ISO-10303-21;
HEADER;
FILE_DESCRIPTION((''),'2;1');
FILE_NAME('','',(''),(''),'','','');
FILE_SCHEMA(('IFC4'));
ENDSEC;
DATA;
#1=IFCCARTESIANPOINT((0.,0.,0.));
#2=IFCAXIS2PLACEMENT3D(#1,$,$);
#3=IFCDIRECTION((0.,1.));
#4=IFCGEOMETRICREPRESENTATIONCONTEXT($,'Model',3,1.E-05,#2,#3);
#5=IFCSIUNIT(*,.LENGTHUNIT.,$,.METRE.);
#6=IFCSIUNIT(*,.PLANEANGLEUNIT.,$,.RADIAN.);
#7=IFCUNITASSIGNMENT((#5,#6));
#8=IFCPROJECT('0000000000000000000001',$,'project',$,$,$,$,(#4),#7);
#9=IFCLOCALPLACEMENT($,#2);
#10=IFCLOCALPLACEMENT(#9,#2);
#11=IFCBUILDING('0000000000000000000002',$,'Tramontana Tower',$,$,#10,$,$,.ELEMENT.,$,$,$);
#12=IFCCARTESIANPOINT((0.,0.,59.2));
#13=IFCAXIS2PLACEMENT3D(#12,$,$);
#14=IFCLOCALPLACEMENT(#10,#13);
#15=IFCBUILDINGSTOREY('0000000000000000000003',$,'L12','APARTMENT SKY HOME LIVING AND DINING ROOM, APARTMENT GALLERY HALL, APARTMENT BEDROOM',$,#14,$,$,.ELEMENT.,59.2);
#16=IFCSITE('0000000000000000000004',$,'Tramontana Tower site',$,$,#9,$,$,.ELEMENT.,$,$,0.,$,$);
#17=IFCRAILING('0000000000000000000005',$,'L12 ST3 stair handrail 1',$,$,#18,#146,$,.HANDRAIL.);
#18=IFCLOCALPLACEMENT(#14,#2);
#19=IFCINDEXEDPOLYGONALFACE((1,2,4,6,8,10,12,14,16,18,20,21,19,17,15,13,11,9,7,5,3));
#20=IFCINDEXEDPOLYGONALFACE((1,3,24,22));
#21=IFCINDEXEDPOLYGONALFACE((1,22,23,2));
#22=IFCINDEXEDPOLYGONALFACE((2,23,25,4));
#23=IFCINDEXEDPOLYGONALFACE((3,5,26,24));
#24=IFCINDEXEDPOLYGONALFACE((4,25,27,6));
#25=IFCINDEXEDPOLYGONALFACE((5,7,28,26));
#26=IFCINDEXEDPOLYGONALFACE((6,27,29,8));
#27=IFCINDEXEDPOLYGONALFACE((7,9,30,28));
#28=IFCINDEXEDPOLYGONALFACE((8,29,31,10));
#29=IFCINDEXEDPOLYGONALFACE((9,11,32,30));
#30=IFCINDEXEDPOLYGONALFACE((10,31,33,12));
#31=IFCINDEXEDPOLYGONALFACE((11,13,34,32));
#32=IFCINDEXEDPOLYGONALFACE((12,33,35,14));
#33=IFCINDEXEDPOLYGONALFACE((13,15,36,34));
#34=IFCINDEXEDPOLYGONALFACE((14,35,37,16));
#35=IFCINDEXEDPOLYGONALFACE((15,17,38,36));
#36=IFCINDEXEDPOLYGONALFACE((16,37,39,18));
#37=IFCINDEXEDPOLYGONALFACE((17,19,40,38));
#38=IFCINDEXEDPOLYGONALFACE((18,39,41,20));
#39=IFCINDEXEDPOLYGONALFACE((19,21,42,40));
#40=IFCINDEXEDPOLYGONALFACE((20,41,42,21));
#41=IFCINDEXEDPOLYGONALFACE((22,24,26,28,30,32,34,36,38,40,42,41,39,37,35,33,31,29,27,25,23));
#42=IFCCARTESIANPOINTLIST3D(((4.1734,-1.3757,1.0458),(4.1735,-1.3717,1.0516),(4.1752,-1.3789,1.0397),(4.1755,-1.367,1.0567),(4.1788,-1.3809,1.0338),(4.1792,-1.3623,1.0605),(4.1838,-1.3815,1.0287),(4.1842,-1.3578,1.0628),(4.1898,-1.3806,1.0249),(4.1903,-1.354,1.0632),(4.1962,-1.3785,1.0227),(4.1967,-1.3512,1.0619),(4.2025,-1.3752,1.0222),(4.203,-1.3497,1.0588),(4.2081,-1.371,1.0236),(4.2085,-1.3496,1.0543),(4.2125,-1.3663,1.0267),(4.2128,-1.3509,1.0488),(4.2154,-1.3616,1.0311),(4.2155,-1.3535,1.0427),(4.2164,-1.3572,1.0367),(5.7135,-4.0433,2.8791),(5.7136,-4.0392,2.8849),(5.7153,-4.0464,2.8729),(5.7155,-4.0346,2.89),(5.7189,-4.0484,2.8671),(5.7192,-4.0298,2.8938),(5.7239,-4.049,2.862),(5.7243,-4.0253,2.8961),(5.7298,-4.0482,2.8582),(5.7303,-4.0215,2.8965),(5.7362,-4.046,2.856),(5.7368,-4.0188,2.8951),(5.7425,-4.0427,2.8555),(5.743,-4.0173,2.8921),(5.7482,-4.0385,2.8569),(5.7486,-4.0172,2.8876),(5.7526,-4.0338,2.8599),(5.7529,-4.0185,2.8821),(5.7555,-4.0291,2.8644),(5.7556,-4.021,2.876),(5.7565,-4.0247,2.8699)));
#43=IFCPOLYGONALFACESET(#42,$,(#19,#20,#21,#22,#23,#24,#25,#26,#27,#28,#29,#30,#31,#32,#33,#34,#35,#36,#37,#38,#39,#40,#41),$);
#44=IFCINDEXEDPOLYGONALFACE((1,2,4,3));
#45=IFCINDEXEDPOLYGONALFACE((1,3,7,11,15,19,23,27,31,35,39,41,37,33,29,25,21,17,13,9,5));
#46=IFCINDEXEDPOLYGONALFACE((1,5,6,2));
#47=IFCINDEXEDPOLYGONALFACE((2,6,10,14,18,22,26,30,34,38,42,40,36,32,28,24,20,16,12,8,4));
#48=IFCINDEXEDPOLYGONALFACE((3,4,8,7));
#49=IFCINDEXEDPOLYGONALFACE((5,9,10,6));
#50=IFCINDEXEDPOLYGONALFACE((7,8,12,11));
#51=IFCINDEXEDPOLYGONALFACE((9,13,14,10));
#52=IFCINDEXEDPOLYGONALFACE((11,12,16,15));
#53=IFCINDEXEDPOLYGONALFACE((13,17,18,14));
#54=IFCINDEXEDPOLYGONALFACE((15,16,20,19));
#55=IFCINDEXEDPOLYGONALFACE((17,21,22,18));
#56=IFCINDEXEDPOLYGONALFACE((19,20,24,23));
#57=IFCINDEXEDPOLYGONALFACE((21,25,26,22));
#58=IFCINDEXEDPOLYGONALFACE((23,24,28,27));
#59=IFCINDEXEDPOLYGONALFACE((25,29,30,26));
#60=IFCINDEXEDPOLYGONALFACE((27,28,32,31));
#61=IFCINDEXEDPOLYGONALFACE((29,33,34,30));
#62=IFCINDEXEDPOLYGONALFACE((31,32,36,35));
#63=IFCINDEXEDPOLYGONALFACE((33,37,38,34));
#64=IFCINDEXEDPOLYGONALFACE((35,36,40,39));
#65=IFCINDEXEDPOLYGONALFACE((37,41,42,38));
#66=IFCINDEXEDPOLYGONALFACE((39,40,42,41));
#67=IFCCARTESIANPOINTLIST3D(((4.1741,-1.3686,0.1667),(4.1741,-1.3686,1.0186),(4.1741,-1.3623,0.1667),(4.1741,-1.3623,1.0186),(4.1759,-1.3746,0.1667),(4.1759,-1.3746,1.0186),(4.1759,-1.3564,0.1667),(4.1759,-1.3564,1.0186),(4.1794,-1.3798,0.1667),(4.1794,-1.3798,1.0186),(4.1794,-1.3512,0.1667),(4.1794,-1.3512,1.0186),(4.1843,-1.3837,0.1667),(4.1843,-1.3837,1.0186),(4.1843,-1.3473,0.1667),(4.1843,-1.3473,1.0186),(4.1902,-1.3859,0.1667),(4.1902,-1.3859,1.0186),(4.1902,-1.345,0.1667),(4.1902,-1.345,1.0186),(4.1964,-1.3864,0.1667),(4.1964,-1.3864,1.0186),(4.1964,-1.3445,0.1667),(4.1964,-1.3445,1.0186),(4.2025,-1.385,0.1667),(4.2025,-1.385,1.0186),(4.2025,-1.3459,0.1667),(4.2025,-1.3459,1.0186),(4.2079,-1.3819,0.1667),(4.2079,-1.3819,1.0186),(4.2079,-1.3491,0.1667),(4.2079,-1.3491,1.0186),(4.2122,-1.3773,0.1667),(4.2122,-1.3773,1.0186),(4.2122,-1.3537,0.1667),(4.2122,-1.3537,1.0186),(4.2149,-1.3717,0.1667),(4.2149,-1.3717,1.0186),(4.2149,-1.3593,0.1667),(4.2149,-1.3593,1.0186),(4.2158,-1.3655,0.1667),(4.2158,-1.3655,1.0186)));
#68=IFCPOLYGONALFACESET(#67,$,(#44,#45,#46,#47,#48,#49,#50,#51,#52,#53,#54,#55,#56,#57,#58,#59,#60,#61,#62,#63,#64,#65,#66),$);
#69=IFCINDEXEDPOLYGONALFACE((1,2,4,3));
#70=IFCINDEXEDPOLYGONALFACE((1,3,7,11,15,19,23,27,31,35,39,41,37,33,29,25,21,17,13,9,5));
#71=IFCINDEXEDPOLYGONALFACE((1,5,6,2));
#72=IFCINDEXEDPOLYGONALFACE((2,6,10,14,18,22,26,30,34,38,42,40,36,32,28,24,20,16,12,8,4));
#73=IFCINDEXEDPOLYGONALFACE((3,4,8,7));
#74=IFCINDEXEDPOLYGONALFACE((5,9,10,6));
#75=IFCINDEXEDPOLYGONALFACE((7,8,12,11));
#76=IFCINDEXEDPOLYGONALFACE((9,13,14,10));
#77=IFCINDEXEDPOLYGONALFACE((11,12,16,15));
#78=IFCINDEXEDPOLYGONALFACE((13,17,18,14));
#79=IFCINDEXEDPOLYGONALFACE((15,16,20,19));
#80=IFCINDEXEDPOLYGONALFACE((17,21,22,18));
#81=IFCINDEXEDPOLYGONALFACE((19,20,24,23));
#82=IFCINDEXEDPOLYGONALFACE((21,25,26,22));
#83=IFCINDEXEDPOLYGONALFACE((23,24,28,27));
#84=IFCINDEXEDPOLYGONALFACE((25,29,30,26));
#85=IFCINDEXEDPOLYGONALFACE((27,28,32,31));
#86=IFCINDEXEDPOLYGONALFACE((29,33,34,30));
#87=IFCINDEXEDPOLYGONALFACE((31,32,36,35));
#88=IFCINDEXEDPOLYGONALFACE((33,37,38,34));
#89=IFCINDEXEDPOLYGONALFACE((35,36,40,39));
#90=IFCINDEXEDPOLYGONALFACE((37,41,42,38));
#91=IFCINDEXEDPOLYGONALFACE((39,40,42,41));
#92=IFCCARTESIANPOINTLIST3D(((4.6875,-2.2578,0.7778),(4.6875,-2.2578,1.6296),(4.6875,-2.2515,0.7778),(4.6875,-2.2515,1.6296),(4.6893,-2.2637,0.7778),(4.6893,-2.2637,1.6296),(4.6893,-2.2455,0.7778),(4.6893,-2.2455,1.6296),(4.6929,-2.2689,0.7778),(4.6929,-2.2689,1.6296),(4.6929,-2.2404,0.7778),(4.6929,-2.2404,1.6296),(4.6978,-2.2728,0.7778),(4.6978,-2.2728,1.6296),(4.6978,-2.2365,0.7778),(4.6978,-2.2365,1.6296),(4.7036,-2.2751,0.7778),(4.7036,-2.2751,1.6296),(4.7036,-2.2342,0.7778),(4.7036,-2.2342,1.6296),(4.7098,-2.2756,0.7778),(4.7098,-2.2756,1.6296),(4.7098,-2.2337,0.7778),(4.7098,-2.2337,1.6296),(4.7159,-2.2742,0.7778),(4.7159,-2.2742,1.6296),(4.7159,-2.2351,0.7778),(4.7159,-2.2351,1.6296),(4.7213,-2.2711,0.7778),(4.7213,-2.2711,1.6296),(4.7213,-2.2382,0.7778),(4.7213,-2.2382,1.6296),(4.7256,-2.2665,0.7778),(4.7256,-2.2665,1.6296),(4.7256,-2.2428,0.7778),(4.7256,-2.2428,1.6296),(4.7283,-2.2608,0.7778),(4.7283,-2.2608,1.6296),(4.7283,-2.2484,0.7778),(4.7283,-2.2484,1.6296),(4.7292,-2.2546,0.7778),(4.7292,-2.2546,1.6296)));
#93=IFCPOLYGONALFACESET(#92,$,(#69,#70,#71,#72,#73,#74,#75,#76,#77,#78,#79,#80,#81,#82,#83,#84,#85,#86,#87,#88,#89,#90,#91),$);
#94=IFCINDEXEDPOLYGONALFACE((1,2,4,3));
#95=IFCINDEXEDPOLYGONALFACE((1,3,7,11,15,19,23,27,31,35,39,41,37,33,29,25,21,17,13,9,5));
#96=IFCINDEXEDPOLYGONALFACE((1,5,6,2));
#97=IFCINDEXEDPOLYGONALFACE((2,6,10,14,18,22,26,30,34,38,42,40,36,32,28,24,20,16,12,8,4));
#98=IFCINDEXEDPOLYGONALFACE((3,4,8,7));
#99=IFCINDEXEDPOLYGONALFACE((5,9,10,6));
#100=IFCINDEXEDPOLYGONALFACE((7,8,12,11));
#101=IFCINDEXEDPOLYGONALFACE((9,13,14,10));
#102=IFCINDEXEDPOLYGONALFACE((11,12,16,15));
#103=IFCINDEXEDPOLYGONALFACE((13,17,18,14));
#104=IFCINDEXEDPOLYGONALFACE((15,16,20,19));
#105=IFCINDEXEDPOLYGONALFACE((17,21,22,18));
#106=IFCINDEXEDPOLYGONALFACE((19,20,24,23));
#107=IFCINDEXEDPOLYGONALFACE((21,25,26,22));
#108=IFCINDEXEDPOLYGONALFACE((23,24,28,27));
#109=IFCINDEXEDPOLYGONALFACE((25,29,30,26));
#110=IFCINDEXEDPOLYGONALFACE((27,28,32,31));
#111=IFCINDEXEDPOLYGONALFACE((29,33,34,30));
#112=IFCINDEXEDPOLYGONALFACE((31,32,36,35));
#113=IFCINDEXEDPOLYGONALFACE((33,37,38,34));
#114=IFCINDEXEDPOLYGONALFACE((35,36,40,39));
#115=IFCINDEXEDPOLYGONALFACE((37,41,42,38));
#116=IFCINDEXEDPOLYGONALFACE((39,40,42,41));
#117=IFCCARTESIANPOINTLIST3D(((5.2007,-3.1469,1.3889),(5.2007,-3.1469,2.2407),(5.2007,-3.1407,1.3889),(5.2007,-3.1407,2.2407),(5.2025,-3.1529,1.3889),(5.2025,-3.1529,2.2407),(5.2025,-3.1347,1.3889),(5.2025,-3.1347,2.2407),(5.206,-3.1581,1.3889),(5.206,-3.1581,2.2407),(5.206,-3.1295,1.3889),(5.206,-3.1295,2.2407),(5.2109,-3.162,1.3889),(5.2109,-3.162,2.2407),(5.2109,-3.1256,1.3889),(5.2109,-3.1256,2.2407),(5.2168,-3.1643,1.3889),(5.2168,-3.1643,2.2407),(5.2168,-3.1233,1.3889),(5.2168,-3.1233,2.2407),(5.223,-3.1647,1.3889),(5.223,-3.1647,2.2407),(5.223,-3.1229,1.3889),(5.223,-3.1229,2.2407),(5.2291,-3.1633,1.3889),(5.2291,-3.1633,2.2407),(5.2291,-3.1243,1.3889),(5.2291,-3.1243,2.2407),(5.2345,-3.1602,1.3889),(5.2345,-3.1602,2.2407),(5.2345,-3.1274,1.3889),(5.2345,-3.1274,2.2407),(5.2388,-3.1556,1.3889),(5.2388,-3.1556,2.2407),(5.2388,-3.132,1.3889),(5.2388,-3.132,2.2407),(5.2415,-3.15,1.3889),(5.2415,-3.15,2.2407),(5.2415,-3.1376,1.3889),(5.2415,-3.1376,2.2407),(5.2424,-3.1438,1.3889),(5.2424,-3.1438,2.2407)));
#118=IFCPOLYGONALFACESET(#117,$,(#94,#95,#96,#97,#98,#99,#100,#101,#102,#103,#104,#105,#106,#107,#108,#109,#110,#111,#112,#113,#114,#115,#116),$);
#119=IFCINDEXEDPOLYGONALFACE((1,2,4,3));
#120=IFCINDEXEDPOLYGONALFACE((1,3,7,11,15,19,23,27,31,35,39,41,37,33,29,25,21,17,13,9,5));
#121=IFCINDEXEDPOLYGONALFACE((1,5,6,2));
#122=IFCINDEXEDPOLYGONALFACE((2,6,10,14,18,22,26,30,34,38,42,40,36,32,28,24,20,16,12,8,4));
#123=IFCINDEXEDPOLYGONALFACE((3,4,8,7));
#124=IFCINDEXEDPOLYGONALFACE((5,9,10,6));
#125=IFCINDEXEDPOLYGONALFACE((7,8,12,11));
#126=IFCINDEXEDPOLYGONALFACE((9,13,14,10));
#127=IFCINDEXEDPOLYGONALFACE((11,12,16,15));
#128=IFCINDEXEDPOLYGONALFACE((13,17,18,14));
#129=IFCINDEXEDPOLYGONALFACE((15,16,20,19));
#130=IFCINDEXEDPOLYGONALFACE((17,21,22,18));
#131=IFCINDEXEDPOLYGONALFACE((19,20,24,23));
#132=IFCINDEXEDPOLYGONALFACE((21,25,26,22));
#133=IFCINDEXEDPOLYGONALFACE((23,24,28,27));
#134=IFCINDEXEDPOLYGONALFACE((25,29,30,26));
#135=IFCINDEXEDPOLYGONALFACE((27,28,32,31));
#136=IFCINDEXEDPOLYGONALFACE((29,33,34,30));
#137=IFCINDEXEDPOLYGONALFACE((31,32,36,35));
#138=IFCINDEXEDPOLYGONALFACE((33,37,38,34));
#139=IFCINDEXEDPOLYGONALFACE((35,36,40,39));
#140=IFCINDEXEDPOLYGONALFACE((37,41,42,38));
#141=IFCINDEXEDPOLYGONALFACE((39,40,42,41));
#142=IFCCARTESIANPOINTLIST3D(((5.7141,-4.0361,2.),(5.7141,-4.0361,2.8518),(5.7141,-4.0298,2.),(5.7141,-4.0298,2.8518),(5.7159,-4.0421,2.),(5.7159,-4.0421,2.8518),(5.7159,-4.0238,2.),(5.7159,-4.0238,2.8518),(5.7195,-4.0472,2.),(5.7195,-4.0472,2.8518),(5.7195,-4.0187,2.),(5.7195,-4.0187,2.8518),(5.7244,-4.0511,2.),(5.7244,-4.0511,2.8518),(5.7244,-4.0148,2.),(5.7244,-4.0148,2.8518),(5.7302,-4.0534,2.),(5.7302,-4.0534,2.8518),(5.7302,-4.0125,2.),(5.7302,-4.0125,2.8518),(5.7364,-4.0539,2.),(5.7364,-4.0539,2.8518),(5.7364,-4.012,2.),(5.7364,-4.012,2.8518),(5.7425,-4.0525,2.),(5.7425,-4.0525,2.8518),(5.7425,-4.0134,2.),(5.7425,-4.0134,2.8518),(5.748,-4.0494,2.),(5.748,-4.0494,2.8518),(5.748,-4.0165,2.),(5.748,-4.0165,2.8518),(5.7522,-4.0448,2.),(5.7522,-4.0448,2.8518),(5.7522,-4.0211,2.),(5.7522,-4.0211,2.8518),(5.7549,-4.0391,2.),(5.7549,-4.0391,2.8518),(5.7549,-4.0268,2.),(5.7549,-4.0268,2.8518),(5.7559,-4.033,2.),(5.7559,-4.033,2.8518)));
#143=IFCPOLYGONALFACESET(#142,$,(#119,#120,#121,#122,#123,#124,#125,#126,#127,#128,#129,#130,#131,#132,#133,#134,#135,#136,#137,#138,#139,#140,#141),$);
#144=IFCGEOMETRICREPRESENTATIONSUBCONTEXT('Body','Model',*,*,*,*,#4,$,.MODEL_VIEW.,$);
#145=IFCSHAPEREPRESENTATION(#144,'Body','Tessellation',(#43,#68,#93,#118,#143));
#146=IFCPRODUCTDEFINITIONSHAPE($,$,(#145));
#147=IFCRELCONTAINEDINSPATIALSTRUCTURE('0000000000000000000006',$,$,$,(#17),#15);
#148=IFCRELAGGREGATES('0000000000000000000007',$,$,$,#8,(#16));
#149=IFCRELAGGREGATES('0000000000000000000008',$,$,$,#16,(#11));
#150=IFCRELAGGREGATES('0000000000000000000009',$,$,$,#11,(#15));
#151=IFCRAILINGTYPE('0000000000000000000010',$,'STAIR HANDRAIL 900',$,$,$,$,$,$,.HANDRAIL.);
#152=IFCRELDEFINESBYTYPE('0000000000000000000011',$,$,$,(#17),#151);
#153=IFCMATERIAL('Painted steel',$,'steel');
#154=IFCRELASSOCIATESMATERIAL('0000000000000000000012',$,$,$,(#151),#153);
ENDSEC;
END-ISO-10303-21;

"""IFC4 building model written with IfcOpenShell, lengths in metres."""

from ifc_helpers import new_model, si_unit, direction, frame, origin, origin_2d, place, context, subcontext, project, spatial, circle, extrude, material, type_object, element, save


model = new_model("IFC4")

# Units and contexts
model_context = context("Model", 3, precision=1e-05, world=origin(), true_north=direction((0.0, 1.0)))
body_context = subcontext(model_context, "Body", "Model", "MODEL_VIEW")
ifc_project = project(units=[si_unit("LENGTHUNIT", "METRE"), si_unit("PLANEANGLEUNIT", "RADIAN")], contexts=[model_context])

# Site, building, storey
site_placement = place(None, origin())
site = spatial("IfcSite", under=ifc_project, at=site_placement, Name="Tramontana Tower site", CompositionType="ELEMENT", RefElevation=0.0)
building_placement = place(site_placement, origin())
building = spatial("IfcBuilding", under=site, at=building_placement, Name="Tramontana Tower", CompositionType="ELEMENT")
storey_placement = place(building_placement, frame((0.0, 0.0, 59.2)))
storey = spatial("IfcBuildingStorey", under=building, at=storey_placement, Name="L12", Description="APARTMENT SKY HOME LIVING AND DINING ROOM, APARTMENT GALLERY HALL, APARTMENT BEDROOM", CompositionType="ELEMENT", Elevation=59.2)

# Railing
ifc_material_1 = material(Name="Painted steel", Category="steel")
railing_type_1 = type_object("IfcRailingType", Name="STAIR HANDRAIL 900", PredefinedType="HANDRAIL", material=ifc_material_1)
railing_1_placement = place(storey_placement, frame((4.1948, -1.3655, 0.1667)))
element("IfcRailing", 1, at=railing_1_placement, inside=storey, type_object=railing_type_1, Name="L12 ST3 stair handrail 1", PredefinedType="HANDRAIL", context=body_context, shape_type="SweptSolid", body=[
    extrude(circle(Radius=0.0239, at=origin_2d()), frame((0.0, 0.0, 0.876), z_axis=(0.429649, -0.74419, 0.511452), x_axis=(0.86603, 0.499992, 0.0)), (0.0, 0.0, 1.0), 3.5845),
    extrude(circle(Radius=0.021, at=origin_2d()), origin(), (0.0, 0.0, 1.0), 0.8518),
    extrude(circle(Radius=0.021, at=origin_2d()), frame((0.5134, -0.8892, 0.6111)), (0.0, 0.0, 1.0), 0.8518),
    extrude(circle(Radius=0.021, at=origin_2d()), frame((1.0266, -1.7783, 1.2222)), (0.0, 0.0, 1.0), 0.8518),
    extrude(circle(Radius=0.021, at=origin_2d()), frame((1.54, -2.6675, 1.8333)), (0.0, 0.0, 1.0), 0.8518),
])

save(model, "model.ifc")
